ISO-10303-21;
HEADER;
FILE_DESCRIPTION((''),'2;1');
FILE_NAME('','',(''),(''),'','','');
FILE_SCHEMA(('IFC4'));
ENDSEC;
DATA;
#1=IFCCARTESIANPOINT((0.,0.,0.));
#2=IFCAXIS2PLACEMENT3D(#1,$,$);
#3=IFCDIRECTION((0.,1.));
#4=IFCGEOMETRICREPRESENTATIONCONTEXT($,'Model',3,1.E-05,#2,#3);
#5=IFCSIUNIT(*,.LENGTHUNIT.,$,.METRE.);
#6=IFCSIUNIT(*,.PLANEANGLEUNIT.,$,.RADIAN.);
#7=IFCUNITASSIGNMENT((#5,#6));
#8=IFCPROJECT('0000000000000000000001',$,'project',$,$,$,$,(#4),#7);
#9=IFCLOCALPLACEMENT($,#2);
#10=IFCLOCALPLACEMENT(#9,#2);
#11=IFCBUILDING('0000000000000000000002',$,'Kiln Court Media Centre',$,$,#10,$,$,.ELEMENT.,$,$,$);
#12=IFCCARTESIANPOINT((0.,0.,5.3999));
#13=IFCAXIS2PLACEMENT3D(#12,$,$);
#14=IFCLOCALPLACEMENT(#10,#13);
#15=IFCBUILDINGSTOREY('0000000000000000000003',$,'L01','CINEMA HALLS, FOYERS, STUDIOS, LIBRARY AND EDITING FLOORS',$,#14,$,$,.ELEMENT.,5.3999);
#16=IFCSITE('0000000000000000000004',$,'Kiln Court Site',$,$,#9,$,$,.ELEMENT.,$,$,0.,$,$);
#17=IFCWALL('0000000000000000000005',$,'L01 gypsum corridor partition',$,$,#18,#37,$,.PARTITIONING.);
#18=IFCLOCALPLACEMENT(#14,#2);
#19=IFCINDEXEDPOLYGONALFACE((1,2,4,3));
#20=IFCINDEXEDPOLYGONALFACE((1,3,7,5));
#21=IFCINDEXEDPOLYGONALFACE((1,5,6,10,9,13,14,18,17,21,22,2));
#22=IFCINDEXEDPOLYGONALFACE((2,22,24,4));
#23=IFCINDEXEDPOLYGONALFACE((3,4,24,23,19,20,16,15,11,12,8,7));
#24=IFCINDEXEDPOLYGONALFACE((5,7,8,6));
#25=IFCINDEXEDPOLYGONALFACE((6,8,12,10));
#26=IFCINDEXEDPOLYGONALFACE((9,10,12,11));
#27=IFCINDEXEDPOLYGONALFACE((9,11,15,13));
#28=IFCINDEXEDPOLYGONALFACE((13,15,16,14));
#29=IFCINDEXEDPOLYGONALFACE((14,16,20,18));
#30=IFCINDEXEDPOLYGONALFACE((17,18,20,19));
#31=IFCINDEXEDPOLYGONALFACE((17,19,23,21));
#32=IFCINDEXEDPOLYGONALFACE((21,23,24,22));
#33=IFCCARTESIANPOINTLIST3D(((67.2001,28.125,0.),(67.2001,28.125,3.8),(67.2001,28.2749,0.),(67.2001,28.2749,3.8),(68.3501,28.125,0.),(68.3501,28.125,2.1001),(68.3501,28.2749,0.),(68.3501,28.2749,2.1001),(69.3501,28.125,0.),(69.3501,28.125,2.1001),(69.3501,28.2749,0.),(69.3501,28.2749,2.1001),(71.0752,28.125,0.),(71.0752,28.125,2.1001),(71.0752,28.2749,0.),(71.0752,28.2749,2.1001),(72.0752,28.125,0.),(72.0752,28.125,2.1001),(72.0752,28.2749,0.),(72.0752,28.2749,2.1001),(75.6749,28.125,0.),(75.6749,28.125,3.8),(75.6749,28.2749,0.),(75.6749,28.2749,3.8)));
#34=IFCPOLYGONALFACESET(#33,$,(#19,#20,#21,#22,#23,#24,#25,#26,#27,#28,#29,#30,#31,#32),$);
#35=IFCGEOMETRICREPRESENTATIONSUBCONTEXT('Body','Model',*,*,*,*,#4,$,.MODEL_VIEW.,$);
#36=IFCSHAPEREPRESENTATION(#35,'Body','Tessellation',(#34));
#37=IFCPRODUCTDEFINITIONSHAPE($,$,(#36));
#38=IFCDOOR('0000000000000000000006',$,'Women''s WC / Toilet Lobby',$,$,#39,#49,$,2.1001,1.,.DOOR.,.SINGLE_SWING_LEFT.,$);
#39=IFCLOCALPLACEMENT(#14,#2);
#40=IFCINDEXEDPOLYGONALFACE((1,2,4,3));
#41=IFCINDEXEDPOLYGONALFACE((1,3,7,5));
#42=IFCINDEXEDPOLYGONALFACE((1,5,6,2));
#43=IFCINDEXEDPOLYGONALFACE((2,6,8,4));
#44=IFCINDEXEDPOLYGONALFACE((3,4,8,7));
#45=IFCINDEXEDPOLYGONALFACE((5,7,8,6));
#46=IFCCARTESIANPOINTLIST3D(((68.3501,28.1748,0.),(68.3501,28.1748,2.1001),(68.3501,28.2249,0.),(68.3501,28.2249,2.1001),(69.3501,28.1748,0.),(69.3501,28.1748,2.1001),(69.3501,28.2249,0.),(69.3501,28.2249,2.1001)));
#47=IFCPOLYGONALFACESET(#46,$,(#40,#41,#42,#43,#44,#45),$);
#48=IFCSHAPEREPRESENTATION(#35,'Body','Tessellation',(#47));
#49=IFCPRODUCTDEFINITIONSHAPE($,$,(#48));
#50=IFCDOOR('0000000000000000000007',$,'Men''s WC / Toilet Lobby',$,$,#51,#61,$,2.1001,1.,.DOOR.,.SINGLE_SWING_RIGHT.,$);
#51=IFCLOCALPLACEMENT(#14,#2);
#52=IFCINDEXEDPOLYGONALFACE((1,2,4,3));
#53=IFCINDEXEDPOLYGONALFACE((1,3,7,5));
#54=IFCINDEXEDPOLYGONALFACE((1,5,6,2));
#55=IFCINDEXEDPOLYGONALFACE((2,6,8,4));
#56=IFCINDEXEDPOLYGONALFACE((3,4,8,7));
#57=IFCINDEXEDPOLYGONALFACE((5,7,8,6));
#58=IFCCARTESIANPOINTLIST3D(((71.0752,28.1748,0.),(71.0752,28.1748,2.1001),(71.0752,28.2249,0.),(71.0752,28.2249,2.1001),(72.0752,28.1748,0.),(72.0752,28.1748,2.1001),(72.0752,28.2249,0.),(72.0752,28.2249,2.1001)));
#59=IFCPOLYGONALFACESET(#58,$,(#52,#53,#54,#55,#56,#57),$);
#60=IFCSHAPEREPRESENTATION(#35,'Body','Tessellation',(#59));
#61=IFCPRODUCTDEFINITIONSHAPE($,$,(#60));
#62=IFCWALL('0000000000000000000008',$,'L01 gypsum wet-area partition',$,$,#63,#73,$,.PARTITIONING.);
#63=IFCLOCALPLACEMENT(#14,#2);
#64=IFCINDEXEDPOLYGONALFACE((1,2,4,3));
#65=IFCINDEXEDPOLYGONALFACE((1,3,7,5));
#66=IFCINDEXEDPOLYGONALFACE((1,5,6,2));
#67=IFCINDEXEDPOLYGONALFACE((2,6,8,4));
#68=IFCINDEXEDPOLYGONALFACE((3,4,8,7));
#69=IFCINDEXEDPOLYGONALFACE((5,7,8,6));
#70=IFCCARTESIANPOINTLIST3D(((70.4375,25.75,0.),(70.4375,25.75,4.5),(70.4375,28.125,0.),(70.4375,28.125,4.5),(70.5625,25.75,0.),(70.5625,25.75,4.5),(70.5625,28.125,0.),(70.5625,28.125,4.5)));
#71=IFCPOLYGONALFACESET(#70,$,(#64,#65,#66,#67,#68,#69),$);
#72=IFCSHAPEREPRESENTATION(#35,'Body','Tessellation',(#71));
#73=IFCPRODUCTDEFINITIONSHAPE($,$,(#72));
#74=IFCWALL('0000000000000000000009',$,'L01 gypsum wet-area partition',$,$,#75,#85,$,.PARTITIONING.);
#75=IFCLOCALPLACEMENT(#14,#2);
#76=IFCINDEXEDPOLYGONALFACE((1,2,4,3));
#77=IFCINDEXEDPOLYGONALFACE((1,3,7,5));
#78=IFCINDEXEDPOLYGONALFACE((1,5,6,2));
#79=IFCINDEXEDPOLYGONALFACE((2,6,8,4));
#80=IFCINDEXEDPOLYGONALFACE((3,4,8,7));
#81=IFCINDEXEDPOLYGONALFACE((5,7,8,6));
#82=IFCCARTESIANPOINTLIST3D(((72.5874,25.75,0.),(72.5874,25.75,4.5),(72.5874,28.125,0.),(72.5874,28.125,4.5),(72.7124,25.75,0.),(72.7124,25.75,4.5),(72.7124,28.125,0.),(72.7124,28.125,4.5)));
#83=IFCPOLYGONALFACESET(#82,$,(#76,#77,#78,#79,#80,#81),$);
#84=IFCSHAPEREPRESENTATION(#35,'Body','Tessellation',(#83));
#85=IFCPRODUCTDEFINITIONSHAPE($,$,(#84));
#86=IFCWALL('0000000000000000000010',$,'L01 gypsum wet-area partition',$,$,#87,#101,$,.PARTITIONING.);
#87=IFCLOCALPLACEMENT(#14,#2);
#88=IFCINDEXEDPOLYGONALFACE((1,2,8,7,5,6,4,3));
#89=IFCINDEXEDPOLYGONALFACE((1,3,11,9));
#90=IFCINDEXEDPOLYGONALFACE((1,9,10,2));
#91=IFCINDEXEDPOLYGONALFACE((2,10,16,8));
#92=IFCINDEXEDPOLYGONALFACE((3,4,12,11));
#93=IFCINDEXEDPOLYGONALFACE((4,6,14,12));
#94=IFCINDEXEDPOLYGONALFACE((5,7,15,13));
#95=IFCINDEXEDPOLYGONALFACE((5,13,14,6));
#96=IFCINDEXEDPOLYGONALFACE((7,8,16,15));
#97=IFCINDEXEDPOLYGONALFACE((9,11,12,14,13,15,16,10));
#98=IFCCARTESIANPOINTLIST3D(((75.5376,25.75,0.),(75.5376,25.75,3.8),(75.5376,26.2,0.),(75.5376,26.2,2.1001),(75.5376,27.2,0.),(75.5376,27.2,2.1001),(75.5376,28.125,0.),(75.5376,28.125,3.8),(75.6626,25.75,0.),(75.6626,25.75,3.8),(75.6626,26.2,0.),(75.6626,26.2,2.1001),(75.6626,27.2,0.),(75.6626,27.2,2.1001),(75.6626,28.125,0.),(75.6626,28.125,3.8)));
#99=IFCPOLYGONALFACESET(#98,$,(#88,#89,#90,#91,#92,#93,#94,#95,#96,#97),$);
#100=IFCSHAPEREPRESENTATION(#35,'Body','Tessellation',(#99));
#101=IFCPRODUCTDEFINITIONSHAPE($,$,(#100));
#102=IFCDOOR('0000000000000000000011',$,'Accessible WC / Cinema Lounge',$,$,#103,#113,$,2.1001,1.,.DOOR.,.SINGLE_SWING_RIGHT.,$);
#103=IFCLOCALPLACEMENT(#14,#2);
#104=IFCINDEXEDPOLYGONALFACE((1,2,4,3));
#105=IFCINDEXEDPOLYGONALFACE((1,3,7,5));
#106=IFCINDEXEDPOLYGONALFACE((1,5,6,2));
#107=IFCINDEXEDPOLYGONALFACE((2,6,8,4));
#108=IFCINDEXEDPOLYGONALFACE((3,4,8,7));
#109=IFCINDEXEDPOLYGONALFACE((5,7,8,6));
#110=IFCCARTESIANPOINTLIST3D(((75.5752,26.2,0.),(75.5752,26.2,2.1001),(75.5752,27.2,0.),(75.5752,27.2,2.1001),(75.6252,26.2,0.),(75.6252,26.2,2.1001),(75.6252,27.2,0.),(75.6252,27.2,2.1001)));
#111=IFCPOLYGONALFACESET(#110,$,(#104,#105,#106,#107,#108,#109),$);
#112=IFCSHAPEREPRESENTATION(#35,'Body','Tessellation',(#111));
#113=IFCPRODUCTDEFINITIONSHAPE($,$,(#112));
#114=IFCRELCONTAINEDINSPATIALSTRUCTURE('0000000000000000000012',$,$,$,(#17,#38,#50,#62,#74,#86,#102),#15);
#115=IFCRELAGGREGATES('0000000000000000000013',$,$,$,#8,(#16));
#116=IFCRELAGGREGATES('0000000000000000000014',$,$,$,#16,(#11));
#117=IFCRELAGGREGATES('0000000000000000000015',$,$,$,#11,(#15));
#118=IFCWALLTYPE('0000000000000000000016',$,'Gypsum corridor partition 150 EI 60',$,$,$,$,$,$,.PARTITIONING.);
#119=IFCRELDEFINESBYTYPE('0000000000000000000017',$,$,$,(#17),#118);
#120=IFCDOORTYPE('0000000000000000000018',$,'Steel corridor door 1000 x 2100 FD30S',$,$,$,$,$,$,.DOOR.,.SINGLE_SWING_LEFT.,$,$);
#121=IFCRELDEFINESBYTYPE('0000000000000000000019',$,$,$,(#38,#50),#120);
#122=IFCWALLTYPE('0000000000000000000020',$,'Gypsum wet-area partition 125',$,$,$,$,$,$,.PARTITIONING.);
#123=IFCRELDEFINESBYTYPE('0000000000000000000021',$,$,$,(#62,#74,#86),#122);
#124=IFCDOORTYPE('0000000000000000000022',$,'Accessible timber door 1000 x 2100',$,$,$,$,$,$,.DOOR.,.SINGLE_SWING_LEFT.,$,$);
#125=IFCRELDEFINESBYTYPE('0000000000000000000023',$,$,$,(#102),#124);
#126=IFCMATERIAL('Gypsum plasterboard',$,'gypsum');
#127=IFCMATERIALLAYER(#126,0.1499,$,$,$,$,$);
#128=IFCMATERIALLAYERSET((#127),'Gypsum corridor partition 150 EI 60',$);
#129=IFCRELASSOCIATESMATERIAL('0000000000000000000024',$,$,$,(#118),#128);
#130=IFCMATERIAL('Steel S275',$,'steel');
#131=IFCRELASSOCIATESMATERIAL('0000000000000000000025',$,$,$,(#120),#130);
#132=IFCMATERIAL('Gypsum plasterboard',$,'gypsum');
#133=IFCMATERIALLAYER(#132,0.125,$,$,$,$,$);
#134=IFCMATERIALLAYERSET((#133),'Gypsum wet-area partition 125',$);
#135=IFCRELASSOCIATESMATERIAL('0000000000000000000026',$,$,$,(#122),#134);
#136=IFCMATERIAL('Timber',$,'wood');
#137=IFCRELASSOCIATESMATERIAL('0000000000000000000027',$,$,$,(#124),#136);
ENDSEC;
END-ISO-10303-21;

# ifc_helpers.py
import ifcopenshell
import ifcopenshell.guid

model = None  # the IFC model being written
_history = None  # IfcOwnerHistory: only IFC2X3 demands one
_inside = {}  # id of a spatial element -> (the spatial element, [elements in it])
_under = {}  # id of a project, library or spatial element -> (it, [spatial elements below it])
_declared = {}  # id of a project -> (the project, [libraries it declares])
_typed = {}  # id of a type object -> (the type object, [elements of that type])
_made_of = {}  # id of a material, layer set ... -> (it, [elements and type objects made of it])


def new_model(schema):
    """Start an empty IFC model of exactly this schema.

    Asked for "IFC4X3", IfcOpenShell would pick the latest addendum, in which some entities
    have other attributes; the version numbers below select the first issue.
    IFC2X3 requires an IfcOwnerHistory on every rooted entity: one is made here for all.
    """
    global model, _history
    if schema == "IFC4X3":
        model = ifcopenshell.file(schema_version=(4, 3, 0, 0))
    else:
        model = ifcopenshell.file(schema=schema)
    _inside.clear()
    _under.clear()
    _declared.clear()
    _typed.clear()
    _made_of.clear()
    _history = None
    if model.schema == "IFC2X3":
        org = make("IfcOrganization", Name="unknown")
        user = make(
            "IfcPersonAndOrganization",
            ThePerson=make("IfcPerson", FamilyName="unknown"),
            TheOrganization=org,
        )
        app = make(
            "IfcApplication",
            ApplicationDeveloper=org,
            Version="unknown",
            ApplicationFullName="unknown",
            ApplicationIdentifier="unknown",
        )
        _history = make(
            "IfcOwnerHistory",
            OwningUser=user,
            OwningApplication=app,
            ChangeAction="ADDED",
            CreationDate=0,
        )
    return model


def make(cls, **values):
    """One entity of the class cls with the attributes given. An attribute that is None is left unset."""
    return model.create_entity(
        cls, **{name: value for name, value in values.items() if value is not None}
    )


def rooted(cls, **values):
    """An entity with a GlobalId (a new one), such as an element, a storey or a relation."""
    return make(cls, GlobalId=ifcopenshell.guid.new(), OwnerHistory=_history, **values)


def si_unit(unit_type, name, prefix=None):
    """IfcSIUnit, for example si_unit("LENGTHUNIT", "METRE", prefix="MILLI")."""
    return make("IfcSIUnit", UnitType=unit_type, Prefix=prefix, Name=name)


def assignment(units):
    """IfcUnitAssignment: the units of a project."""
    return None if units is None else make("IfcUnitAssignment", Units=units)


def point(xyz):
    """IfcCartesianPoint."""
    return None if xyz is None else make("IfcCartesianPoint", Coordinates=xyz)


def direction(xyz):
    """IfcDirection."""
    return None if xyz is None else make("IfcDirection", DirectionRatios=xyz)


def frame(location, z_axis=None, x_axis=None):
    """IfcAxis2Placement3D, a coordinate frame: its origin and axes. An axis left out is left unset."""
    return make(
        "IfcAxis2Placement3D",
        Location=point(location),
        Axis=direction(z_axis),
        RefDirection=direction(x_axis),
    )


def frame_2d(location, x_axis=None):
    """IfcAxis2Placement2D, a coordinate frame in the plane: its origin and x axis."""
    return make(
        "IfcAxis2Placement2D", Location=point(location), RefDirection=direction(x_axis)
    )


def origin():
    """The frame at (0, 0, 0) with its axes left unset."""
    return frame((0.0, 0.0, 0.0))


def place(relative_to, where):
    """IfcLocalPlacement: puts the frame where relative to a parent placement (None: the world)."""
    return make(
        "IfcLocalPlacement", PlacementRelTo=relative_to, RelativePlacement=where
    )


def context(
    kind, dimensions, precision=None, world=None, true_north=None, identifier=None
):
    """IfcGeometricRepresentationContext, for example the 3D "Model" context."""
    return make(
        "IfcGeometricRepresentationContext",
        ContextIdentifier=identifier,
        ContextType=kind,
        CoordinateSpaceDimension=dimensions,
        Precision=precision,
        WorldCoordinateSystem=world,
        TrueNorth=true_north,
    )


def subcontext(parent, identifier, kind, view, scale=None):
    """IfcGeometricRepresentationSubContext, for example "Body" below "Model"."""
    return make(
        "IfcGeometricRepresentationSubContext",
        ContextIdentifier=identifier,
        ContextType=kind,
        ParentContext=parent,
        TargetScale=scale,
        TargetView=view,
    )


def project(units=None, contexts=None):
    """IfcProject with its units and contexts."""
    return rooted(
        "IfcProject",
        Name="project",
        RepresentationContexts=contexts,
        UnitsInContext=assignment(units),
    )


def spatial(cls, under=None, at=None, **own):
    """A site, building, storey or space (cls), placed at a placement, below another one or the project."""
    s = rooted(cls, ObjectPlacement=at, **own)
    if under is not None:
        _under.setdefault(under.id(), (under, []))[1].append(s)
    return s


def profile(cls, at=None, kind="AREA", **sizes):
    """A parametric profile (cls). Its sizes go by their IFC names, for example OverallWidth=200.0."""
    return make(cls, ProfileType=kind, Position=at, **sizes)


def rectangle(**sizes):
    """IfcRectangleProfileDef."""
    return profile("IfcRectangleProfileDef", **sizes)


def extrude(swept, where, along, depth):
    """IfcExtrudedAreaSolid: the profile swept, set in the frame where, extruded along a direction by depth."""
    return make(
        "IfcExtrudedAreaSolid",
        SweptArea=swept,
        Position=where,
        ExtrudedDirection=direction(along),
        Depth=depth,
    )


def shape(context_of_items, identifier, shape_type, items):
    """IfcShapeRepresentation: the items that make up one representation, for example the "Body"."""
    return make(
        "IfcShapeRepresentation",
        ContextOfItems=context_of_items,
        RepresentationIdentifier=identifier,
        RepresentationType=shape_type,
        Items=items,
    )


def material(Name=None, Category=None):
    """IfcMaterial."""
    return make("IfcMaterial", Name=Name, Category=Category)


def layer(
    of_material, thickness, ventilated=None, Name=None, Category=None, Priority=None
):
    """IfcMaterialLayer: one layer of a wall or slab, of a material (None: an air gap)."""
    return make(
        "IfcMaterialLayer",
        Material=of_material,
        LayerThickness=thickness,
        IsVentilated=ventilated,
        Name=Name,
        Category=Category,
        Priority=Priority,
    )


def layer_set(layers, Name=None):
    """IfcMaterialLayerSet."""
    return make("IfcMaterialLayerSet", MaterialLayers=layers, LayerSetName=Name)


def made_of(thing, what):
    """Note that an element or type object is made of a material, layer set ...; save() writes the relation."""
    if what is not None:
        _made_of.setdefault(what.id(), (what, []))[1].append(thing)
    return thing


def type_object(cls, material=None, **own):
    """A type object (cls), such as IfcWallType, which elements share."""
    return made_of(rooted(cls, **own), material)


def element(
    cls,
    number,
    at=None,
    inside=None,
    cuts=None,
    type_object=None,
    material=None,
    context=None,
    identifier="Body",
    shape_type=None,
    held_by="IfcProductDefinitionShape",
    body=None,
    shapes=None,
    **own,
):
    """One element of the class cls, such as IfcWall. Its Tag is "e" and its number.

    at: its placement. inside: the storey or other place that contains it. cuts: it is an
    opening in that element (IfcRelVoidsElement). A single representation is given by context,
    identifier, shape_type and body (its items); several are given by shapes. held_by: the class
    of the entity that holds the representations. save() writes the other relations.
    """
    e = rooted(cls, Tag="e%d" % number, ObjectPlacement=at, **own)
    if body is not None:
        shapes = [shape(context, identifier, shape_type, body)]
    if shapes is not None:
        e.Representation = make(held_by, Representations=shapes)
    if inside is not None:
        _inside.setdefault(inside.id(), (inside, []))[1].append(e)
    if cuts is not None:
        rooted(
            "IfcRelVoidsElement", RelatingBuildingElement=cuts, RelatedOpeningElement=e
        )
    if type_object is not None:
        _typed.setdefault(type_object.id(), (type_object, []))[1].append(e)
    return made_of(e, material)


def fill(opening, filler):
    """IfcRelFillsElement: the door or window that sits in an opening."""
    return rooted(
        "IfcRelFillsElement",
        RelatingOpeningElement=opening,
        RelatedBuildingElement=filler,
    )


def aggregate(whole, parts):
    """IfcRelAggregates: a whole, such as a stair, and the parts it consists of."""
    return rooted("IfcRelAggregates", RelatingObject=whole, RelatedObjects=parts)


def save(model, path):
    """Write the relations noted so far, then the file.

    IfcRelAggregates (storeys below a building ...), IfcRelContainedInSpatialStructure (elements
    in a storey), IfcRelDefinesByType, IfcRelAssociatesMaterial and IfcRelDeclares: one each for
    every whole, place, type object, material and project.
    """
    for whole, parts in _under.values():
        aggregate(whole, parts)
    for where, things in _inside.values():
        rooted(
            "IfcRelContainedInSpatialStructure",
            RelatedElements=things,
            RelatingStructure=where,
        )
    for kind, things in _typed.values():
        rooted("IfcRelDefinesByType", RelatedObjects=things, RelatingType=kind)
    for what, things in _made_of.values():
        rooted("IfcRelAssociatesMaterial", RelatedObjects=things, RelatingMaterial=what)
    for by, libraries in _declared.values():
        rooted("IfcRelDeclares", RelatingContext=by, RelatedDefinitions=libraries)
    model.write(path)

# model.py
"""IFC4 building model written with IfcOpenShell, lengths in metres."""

from ifc_helpers import new_model, si_unit, direction, frame, frame_2d, origin, place, context, subcontext, project, spatial, rectangle, extrude, material, layer, layer_set, type_object, element, fill, save


model = new_model("IFC4")

# Units and contexts
model_context = context("Model", 3, precision=1e-05, world=origin(), true_north=direction((0.0, 1.0)))
body_context = subcontext(model_context, "Body", "Model", "MODEL_VIEW")
ifc_project = project(units=[si_unit("LENGTHUNIT", "METRE"), si_unit("PLANEANGLEUNIT", "RADIAN")], contexts=[model_context])

# Site, building, storey
site_placement = place(None, origin())
site = spatial("IfcSite", under=ifc_project, at=site_placement, Name="Kiln Court Site", CompositionType="ELEMENT", RefElevation=0.0)
building_placement = place(site_placement, origin())
building = spatial("IfcBuilding", under=site, at=building_placement, Name="Kiln Court Media Centre", CompositionType="ELEMENT")
storey_placement = place(building_placement, frame((0.0, 0.0, 5.3999)))
storey = spatial("IfcBuildingStorey", under=building, at=storey_placement, Name="L01", Description="CINEMA HALLS, FOYERS, STUDIOS, LIBRARY AND EDITING FLOORS", CompositionType="ELEMENT", Elevation=5.3999)

# Wall, openings, doors
ifc_material_1 = material(Name="Gypsum plasterboard", Category="gypsum")
ifc_layer_1 = layer(ifc_material_1, 0.1499)
ifc_layer_set_1 = layer_set([ifc_layer_1], Name="Gypsum corridor partition 150 EI 60")
wall_type_1 = type_object("IfcWallType", Name="Gypsum corridor partition 150 EI 60", PredefinedType="PARTITIONING", material=ifc_layer_set_1)
wall_1_placement = place(storey_placement, frame((67.2002, 28.2, 0.0), z_axis=(0.0, 0.0, 1.0), x_axis=(1.0, 0.0, 0.0)))
wall_1 = element("IfcWall", 1, at=wall_1_placement, inside=storey, type_object=wall_type_1, Name="L01 gypsum corridor partition", PredefinedType="PARTITIONING", context=body_context, shape_type="SweptSolid", body=[
    extrude(rectangle(XDim=8.4749, YDim=0.1499, at=frame_2d((4.2373, 0.0))), origin(), (0.0, 0.0, 1.0), 3.8),
])
opening_1_placement = place(wall_1_placement, frame((1.1499, 0.0, 0.0)))
opening_1 = element("IfcOpeningElement", 2, at=opening_1_placement, cuts=wall_1, PredefinedType="OPENING", context=body_context, shape_type="SweptSolid", body=[
    extrude(rectangle(XDim=1.0, YDim=2.1001, at=frame_2d((0.5, 1.05))), frame((0.0, 0.085, 0.0), z_axis=(0.0, -1.0, 0.0), x_axis=(1.0, 0.0, 0.0)), (0.0, 0.0, 1.0), 0.1699),
])
opening_2_placement = place(wall_1_placement, frame((3.875, 0.0, 0.0)))
opening_2 = element("IfcOpeningElement", 3, at=opening_2_placement, cuts=wall_1, PredefinedType="OPENING", context=body_context, shape_type="SweptSolid", body=[
    extrude(rectangle(XDim=1.0, YDim=2.1001, at=frame_2d((0.5, 1.05))), frame((0.0, 0.085, 0.0), z_axis=(0.0, -1.0, 0.0), x_axis=(1.0, 0.0, 0.0)), (0.0, 0.0, 1.0), 0.1699),
])
ifc_material_2 = material(Name="Steel S275", Category="steel")
door_type_1 = type_object("IfcDoorType", Name="Steel corridor door 1000 x 2100 FD30S", OperationType="SINGLE_SWING_LEFT", PredefinedType="DOOR", material=ifc_material_2)
door_1_placement = place(opening_1_placement, origin())
door_1 = element("IfcDoor", 4, at=door_1_placement, inside=storey, type_object=door_type_1, Name="Women's WC / Toilet Lobby", OperationType="SINGLE_SWING_LEFT", OverallHeight=2.1001, OverallWidth=1.0, PredefinedType="DOOR", context=body_context, shape_type="SweptSolid", body=[
    extrude(rectangle(XDim=1.0, YDim=2.1001, at=frame_2d((0.5, 1.05))), frame((0.0, 0.0249, 0.0), z_axis=(0.0, -1.0, 0.0), x_axis=(1.0, 0.0, 0.0)), (0.0, 0.0, 1.0), 0.05),
])
fill(opening_1, door_1)
door_2_placement = place(opening_2_placement, origin())
door_2 = element("IfcDoor", 5, at=door_2_placement, inside=storey, type_object=door_type_1, Name="Men's WC / Toilet Lobby", OperationType="SINGLE_SWING_RIGHT", OverallHeight=2.1001, OverallWidth=1.0, PredefinedType="DOOR", context=body_context, shape_type="SweptSolid", body=[
    extrude(rectangle(XDim=1.0, YDim=2.1001, at=frame_2d((0.5, 1.05))), frame((0.0, 0.0249, 0.0), z_axis=(0.0, -1.0, 0.0), x_axis=(1.0, 0.0, 0.0)), (0.0, 0.0, 1.0), 0.05),
])
fill(opening_2, door_2)

# Walls
ifc_material_3 = material(Name="Gypsum plasterboard", Category="gypsum")
ifc_layer_2 = layer(ifc_material_3, 0.125)
ifc_layer_set_2 = layer_set([ifc_layer_2], Name="Gypsum wet-area partition 125")
wall_type_2 = type_object("IfcWallType", Name="Gypsum wet-area partition 125", PredefinedType="PARTITIONING", material=ifc_layer_set_2)
for number, where, z_axis, x_axis, name in (
    (6, (70.5, 25.75, 0.0), (0.0, 0.0, 1.0), (0.0, 1.0, 0.0), "L01 gypsum wet-area partition"),
    (7, (72.6499, 25.75, 0.0), (0.0, 0.0, 1.0), (0.0, 1.0, 0.0), "L01 gypsum wet-area partition"),
):
    element("IfcWall", number, at=place(storey_placement, frame(where, z_axis=z_axis, x_axis=x_axis)), inside=storey, type_object=wall_type_2, Name=name, PredefinedType="PARTITIONING", context=body_context, shape_type="SweptSolid", body=[
        extrude(rectangle(XDim=2.375, YDim=0.125, at=frame_2d((1.1875, 0.0))), origin(), (0.0, 0.0, 1.0), 4.5),
    ])

# Wall, opening, door
wall_2_placement = place(storey_placement, frame((75.6001, 25.75, 0.0), z_axis=(0.0, 0.0, 1.0), x_axis=(0.0, 1.0, 0.0)))
wall_2 = element("IfcWall", 8, at=wall_2_placement, inside=storey, type_object=wall_type_2, Name="L01 gypsum wet-area partition", PredefinedType="PARTITIONING", context=body_context, shape_type="SweptSolid", body=[
    extrude(rectangle(XDim=2.375, YDim=0.125, at=frame_2d((1.1875, 0.0))), origin(), (0.0, 0.0, 1.0), 3.8),
])
opening_3_placement = place(wall_2_placement, frame((0.45, 0.0, 0.0)))
opening_3 = element("IfcOpeningElement", 9, at=opening_3_placement, cuts=wall_2, PredefinedType="OPENING", context=body_context, shape_type="SweptSolid", body=[
    extrude(rectangle(XDim=1.0, YDim=2.1001, at=frame_2d((0.5, 1.05))), frame((0.0, 0.0725, 0.0), z_axis=(0.0, -1.0, 0.0), x_axis=(1.0, 0.0, 0.0)), (0.0, 0.0, 1.0), 0.145),
])
ifc_material_4 = material(Name="Timber", Category="wood")
door_type_2 = type_object("IfcDoorType", Name="Accessible timber door 1000 x 2100", OperationType="SINGLE_SWING_LEFT", PredefinedType="DOOR", material=ifc_material_4)
door_3_placement = place(opening_3_placement, origin())
door_3 = element("IfcDoor", 10, at=door_3_placement, inside=storey, type_object=door_type_2, Name="Accessible WC / Cinema Lounge", OperationType="SINGLE_SWING_RIGHT", OverallHeight=2.1001, OverallWidth=1.0, PredefinedType="DOOR", context=body_context, shape_type="SweptSolid", body=[
    extrude(rectangle(XDim=1.0, YDim=2.1001, at=frame_2d((0.5, 1.05))), frame((0.0, 0.0249, 0.0), z_axis=(0.0, -1.0, 0.0), x_axis=(1.0, 0.0, 0.0)), (0.0, 0.0, 1.0), 0.05),
])
fill(opening_3, door_3)

save(model, "model.ifc")
